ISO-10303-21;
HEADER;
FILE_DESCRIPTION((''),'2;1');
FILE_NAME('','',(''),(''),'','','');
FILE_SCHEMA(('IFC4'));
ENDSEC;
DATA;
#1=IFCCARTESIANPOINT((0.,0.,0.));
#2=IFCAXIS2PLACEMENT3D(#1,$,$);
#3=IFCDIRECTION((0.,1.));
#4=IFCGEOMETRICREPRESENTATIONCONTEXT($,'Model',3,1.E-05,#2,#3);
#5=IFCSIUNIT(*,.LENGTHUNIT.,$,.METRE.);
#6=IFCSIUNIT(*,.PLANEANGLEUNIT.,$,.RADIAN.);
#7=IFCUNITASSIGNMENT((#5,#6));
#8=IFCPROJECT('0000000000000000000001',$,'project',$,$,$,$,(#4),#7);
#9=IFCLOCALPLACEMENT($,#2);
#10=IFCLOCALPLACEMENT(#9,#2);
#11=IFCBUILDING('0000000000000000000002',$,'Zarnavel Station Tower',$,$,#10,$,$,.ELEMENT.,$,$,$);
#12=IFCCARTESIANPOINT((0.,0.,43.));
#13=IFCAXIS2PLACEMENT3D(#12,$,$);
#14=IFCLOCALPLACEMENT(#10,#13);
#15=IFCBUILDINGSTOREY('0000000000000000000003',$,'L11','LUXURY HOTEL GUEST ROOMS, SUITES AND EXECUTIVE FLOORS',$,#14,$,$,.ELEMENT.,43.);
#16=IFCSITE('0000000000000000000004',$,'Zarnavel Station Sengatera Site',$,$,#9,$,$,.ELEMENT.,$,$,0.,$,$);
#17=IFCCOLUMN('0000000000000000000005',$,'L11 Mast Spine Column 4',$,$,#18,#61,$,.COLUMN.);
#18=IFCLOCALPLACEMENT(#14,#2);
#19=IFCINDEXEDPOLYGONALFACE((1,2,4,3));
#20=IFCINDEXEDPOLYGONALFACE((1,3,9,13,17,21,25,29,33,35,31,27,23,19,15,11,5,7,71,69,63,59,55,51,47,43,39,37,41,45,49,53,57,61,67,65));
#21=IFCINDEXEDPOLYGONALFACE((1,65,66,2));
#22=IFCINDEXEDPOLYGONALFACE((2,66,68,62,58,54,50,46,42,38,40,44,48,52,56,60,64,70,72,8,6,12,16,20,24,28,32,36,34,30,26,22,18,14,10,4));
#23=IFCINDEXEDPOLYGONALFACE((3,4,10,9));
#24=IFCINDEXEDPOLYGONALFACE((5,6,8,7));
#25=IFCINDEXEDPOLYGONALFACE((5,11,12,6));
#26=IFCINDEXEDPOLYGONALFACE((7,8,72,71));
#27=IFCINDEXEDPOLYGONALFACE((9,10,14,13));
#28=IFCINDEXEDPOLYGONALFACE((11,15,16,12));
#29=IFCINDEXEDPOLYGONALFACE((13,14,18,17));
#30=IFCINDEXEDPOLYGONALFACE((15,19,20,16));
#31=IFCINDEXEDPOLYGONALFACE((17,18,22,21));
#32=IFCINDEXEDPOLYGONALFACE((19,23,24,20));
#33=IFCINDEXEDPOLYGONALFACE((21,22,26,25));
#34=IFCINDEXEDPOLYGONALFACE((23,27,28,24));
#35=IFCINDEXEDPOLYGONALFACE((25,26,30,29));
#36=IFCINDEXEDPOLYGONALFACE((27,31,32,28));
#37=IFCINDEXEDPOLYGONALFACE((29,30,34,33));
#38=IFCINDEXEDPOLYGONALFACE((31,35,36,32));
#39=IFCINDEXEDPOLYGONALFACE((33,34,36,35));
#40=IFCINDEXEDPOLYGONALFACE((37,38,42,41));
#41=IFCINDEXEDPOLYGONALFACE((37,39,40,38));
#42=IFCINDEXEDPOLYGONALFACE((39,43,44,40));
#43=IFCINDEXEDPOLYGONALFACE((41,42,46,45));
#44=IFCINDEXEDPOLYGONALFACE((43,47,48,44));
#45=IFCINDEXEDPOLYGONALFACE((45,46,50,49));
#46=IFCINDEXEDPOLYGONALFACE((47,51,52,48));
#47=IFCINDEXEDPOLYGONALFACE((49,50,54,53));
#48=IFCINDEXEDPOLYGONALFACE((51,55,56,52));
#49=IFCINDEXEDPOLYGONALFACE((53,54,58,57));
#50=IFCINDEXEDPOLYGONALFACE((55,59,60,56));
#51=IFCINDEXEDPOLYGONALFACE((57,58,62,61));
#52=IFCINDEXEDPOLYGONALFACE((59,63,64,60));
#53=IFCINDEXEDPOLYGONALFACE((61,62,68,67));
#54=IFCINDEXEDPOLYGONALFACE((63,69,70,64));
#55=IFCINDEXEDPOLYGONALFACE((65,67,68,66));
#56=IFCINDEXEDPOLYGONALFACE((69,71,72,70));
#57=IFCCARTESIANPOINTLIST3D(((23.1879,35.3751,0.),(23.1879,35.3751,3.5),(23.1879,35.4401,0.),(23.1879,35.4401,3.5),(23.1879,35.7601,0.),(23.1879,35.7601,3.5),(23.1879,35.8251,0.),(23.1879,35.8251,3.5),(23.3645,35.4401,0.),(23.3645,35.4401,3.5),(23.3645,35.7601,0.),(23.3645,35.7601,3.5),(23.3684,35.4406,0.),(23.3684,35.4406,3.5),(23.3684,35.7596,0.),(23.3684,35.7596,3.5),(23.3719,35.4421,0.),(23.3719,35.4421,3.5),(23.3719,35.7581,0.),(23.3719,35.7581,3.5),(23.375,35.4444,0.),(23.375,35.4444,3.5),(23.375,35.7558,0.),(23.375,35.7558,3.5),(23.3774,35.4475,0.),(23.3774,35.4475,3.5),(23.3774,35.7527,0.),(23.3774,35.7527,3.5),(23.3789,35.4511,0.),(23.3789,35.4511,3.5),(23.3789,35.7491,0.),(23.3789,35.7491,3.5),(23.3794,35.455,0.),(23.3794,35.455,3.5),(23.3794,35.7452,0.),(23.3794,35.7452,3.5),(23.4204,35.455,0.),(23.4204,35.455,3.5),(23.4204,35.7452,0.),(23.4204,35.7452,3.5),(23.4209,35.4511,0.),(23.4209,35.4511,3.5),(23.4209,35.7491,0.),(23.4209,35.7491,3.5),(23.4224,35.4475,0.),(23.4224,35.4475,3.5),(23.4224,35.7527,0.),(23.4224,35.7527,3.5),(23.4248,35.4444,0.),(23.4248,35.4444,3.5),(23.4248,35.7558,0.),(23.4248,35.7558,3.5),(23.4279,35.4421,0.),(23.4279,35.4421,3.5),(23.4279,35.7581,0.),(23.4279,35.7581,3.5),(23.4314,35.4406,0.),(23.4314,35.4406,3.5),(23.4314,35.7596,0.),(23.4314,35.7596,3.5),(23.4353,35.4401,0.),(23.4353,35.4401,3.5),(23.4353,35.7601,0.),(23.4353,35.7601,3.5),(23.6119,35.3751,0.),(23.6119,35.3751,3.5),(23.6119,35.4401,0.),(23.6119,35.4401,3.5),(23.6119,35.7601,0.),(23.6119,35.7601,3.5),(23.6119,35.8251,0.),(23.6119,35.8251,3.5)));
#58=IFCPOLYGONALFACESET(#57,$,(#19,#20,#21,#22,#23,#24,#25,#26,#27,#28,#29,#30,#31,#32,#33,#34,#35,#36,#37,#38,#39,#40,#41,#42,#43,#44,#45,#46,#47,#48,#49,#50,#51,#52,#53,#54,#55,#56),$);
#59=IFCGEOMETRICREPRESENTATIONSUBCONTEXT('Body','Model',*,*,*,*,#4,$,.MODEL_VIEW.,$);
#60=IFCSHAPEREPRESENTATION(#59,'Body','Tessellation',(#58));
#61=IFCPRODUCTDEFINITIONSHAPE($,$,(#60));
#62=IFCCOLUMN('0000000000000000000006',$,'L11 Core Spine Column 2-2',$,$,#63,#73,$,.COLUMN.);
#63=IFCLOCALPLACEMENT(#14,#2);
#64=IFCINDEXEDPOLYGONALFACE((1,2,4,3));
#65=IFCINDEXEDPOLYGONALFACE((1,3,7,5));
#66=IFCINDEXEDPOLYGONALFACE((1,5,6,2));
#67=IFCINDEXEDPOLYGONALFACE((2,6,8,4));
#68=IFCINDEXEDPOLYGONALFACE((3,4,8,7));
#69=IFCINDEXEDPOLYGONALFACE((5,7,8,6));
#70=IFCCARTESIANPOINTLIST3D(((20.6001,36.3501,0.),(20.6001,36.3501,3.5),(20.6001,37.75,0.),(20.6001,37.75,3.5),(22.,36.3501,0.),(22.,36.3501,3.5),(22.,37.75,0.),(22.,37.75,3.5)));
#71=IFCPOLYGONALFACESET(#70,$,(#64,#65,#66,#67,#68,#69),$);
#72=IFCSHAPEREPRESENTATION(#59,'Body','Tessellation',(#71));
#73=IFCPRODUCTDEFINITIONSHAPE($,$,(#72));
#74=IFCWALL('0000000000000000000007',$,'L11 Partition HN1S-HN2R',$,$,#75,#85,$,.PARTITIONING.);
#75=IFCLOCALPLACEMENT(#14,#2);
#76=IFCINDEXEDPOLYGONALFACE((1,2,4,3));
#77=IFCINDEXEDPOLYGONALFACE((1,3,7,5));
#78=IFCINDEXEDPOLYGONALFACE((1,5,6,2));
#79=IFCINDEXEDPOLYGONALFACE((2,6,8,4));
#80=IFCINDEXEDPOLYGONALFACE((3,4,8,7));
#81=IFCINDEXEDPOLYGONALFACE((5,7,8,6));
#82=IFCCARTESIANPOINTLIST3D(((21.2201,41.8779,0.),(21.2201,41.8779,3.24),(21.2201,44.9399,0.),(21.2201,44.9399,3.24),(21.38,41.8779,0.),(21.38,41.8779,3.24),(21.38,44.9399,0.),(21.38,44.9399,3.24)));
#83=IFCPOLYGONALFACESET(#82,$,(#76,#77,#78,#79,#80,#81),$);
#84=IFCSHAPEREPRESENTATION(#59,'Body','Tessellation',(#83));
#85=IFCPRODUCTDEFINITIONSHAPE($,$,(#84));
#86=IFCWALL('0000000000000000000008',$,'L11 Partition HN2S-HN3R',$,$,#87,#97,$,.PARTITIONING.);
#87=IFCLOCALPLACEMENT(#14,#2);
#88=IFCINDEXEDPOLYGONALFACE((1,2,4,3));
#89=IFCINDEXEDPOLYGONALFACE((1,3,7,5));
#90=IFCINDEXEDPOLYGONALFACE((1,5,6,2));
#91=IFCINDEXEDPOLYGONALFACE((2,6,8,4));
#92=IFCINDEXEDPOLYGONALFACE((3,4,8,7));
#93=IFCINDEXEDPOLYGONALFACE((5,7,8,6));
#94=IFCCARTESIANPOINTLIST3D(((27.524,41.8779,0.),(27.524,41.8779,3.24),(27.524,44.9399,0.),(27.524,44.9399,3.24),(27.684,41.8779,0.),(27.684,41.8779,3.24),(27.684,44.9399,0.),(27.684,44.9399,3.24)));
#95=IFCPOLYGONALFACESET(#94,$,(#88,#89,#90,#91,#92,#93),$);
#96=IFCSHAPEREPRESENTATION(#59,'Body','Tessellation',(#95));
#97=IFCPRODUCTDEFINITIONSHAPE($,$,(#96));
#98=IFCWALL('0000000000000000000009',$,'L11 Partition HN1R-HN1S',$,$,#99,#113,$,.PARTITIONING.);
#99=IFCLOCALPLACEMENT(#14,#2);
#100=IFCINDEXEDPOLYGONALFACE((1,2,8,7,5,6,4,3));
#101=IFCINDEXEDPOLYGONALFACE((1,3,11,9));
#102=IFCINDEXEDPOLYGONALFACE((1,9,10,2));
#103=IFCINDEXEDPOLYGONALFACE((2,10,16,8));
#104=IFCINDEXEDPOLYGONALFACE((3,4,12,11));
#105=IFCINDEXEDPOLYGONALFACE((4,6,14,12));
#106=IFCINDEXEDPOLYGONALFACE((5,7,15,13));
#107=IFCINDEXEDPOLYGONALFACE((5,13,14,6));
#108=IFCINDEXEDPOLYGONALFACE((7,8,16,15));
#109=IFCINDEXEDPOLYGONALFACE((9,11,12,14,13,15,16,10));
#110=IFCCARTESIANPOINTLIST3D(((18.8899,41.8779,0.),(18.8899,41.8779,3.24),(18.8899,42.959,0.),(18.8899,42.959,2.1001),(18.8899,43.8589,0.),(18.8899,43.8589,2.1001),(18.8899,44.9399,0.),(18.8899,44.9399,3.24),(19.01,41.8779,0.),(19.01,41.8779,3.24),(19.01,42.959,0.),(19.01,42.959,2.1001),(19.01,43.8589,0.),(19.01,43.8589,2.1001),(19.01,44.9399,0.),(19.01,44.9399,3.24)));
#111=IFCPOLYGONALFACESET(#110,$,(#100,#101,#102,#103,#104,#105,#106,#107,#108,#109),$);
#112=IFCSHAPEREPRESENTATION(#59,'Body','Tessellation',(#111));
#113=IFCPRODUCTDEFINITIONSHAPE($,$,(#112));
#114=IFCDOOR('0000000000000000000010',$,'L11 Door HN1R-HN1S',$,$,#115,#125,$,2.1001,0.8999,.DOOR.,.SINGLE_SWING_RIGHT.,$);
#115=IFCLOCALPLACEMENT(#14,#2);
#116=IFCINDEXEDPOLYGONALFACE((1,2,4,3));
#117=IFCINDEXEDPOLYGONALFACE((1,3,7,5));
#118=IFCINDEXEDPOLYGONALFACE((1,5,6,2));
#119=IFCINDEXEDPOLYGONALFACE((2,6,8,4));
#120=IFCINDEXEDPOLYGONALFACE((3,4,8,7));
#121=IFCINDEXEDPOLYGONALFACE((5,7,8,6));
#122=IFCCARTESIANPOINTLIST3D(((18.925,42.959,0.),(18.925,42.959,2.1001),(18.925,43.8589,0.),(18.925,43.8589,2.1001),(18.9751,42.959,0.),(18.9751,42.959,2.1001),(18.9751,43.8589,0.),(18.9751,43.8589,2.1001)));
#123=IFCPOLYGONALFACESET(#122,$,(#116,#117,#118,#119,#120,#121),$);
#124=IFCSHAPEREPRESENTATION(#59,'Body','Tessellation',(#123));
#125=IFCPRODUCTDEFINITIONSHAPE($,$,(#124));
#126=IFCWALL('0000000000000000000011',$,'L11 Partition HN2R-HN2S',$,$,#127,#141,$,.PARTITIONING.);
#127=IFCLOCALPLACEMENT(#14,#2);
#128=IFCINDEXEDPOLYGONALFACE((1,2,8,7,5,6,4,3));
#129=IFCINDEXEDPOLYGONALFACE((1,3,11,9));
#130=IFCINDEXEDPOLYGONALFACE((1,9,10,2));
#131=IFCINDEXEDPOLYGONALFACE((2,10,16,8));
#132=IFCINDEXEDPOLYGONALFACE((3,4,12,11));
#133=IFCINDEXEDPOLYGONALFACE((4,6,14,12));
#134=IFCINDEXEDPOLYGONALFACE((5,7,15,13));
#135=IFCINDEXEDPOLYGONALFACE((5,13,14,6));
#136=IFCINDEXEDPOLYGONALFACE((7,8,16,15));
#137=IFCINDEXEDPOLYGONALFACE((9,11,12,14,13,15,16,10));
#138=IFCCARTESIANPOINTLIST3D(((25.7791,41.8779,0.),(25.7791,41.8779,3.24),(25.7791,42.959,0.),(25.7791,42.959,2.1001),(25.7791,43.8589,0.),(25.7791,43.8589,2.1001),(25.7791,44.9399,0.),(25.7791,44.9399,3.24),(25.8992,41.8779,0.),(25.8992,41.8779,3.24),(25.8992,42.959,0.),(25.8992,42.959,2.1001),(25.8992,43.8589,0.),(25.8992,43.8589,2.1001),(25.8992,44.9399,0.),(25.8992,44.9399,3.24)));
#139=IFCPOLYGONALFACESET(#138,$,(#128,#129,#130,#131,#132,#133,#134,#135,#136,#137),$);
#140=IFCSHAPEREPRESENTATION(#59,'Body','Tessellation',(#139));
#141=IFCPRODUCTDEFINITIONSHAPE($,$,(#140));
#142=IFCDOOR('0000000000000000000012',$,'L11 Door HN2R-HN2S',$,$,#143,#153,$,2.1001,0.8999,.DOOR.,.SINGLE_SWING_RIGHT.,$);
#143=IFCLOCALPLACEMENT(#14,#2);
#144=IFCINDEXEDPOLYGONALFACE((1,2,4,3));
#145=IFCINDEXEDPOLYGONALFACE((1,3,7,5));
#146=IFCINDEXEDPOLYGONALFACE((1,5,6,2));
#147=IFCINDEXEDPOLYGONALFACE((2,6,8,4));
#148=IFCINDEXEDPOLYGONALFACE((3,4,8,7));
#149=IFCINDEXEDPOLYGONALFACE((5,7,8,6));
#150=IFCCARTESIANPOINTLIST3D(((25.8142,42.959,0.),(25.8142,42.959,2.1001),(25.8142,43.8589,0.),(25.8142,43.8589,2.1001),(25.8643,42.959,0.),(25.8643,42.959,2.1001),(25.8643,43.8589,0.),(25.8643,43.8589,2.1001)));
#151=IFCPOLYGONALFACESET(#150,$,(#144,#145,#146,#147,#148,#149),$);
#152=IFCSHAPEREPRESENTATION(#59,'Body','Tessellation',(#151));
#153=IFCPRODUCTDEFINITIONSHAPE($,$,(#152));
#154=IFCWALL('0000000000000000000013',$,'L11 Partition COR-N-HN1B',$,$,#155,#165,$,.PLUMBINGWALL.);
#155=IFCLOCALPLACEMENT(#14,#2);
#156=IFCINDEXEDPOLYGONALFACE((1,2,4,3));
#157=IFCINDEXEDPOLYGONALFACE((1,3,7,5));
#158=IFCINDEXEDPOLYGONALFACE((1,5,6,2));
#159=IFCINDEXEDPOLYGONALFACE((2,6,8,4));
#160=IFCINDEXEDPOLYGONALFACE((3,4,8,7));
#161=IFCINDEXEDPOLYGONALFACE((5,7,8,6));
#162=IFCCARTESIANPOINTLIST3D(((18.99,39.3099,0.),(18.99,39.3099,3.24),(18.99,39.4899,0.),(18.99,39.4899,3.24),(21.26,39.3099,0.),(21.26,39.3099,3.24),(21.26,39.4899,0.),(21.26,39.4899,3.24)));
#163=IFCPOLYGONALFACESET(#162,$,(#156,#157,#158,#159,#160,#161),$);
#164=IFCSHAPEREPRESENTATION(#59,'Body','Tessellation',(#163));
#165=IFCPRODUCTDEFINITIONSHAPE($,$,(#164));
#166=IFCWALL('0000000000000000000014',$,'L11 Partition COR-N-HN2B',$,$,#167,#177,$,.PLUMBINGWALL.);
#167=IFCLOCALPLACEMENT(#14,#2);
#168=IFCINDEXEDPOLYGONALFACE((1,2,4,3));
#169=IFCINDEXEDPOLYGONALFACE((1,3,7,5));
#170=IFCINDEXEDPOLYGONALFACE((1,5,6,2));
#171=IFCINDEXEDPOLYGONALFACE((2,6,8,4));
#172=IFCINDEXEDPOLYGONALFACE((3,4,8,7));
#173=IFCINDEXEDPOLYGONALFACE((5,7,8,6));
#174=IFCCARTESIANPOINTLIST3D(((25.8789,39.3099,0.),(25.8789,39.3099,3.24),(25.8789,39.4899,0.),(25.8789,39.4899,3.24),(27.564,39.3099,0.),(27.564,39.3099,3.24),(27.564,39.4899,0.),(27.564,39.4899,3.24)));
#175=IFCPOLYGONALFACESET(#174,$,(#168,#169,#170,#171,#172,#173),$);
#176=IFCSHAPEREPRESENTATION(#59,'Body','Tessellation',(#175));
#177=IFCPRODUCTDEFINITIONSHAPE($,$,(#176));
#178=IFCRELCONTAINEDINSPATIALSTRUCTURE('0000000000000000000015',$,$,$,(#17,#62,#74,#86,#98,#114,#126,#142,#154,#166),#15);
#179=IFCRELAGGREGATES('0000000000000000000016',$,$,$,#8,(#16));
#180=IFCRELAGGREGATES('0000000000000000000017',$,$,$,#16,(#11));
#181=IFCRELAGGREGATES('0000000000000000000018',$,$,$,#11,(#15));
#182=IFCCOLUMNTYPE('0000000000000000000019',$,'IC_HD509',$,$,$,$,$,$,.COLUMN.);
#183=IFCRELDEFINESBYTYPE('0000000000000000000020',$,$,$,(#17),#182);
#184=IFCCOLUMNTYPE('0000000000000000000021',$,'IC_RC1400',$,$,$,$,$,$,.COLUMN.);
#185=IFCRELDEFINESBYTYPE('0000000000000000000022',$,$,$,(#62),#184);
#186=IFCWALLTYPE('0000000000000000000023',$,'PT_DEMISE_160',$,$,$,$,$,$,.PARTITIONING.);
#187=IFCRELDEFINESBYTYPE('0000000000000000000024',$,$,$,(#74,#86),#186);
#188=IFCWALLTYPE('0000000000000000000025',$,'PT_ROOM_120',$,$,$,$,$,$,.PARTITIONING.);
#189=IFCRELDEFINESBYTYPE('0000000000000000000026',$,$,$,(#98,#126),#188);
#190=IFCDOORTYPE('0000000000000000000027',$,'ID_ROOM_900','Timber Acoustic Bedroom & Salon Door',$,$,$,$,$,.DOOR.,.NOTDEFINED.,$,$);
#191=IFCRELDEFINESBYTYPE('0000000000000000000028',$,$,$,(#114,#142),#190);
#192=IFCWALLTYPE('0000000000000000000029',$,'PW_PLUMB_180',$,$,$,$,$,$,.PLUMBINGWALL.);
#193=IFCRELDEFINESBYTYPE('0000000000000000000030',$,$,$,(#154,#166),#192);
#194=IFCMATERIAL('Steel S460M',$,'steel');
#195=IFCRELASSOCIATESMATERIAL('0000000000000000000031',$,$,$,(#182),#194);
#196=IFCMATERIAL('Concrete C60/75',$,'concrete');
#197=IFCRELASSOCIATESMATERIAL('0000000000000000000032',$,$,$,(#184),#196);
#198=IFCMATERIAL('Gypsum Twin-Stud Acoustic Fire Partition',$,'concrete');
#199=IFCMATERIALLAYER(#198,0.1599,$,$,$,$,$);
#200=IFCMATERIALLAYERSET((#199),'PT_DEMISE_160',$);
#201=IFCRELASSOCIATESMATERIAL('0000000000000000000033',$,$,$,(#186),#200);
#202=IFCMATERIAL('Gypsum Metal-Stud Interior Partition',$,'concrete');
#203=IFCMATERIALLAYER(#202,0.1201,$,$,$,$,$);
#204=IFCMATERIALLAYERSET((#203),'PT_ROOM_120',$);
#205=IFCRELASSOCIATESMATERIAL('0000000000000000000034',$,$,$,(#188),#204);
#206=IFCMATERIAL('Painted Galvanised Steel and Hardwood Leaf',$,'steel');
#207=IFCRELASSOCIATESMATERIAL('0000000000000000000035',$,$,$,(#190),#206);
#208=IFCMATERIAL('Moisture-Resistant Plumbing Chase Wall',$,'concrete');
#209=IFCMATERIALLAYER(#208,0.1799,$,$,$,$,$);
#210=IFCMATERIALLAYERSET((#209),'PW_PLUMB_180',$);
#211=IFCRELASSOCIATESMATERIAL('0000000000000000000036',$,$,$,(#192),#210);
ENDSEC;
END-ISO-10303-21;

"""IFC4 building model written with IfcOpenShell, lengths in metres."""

from ifc_helpers import new_model, si_unit, direction, frame, frame_2d, origin, origin_2d, place, context, subcontext, project, spatial, rectangle, i_section, extrude, material, layer, layer_set, material_profile, profile_set, type_object, element, fill, save


model = new_model("IFC4")

# Units and contexts
model_context = context("Model", 3, precision=1e-05, world=origin(), true_north=direction((0.0, 1.0)))
body_context = subcontext(model_context, "Body", "Model", "MODEL_VIEW")
ifc_project = project(units=[si_unit("LENGTHUNIT", "METRE"), si_unit("PLANEANGLEUNIT", "RADIAN")], contexts=[model_context])

# Site, building, storey
site_placement = place(None, origin())
site = spatial("IfcSite", under=ifc_project, at=site_placement, Name="Zarnavel Station Sengatera Site", CompositionType="ELEMENT", RefElevation=0.0)
building_placement = place(site_placement, origin())
building = spatial("IfcBuilding", under=site, at=building_placement, Name="Zarnavel Station Tower", CompositionType="ELEMENT")
storey_placement = place(building_placement, frame((0.0, 0.0, 43.0)))
storey = spatial("IfcBuildingStorey", under=building, at=storey_placement, Name="L11", Description="LUXURY HOTEL GUEST ROOMS, SUITES AND EXECUTIVE FLOORS", CompositionType="ELEMENT", Elevation=43.0)

# Columns
ifc_material_1 = material(Name="Steel S460M", Category="steel")
ifc_material_profile_1 = material_profile(ifc_material_1, i_section(OverallWidth=0.4241, OverallDepth=0.45, WebThickness=0.041, FlangeThickness=0.0649, FilletRadius=0.0149, at=origin_2d()), Name="HD400x509")
ifc_profile_set_1 = profile_set([ifc_material_profile_1], Name="Steel S460M")
column_type_1 = type_object("IfcColumnType", Name="IC_HD509", PredefinedType="COLUMN", material=ifc_profile_set_1)
column_1_placement = place(storey_placement, frame((23.3999, 35.6001, 0.0), z_axis=(0.0, 0.0, 1.0), x_axis=(1.0, 0.0, 0.0)))
element("IfcColumn", 1, at=column_1_placement, inside=storey, type_object=column_type_1, Name="L11 Mast Spine Column 4", PredefinedType="COLUMN", context=body_context, shape_type="SweptSolid", body=[
    extrude(i_section(OverallWidth=0.4241, OverallDepth=0.45, WebThickness=0.041, FlangeThickness=0.0649, FilletRadius=0.0149, at=origin_2d()), origin(), (0.0, 0.0, 1.0), 3.5),
])
ifc_material_2 = material(Name="Concrete C60/75", Category="concrete")
ifc_material_profile_2 = material_profile(ifc_material_2, rectangle(XDim=1.3999, YDim=1.3999, at=origin_2d()), Name="RC1400x1400")
ifc_profile_set_2 = profile_set([ifc_material_profile_2], Name="Concrete C60/75")
column_type_2 = type_object("IfcColumnType", Name="IC_RC1400", PredefinedType="COLUMN", material=ifc_profile_set_2)
column_2_placement = place(storey_placement, frame((21.3, 37.05, 0.0), z_axis=(0.0, 0.0, 1.0), x_axis=(1.0, 0.0, 0.0)))
element("IfcColumn", 2, at=column_2_placement, inside=storey, type_object=column_type_2, Name="L11 Core Spine Column 2-2", PredefinedType="COLUMN", context=body_context, shape_type="SweptSolid", body=[
    extrude(rectangle(XDim=1.3999, YDim=1.3999, at=origin_2d()), origin(), (0.0, 0.0, 1.0), 3.5),
])

# Shared definitions
ifc_material_3 = material(Name="Gypsum Twin-Stud Acoustic Fire Partition", Category="concrete")
ifc_layer_1 = layer(ifc_material_3, 0.1599)
ifc_layer_set_1 = layer_set([ifc_layer_1], Name="PT_DEMISE_160")
wall_type_1 = type_object("IfcWallType", Name="PT_DEMISE_160", PredefinedType="PARTITIONING", material=ifc_layer_set_1)

# Walls
for number, where, z_axis, x_axis, name in (
    (3, (21.3, 41.8779, 0.0), (0.0, 0.0, 1.0), (0.0, 1.0, 0.0), "L11 Partition HN1S-HN2R"),
    (4, (27.604, 41.8779, 0.0), (0.0, 0.0, 1.0), (0.0, 1.0, 0.0), "L11 Partition HN2S-HN3R"),
):
    element("IfcWall", number, at=place(storey_placement, frame(where, z_axis=z_axis, x_axis=x_axis)), inside=storey, type_object=wall_type_1, Name=name, PredefinedType="PARTITIONING", context=body_context, shape_type="SweptSolid", body=[
        extrude(rectangle(XDim=3.062, YDim=0.1599, at=frame_2d((1.531, 0.0))), origin(), (0.0, 0.0, 1.0), 3.24),
    ])

# Walls, openings, doors
ifc_material_4 = material(Name="Gypsum Metal-Stud Interior Partition", Category="concrete")
ifc_layer_2 = layer(ifc_material_4, 0.1201)
ifc_layer_set_2 = layer_set([ifc_layer_2], Name="PT_ROOM_120")
wall_type_2 = type_object("IfcWallType", Name="PT_ROOM_120", PredefinedType="PARTITIONING", material=ifc_layer_set_2)
wall_1_placement = place(storey_placement, frame((18.95, 41.8779, 0.0), z_axis=(0.0, 0.0, 1.0), x_axis=(0.0, 1.0, 0.0)))
wall_1 = element("IfcWall", 5, at=wall_1_placement, inside=storey, type_object=wall_type_2, Name="L11 Partition HN1R-HN1S", PredefinedType="PARTITIONING", context=body_context, shape_type="SweptSolid", body=[
    extrude(rectangle(XDim=3.062, YDim=0.1201, at=frame_2d((1.531, 0.0))), origin(), (0.0, 0.0, 1.0), 3.24),
])
opening_1_placement = place(wall_1_placement, frame((1.0811, 0.0, 0.0)))
opening_1 = element("IfcOpeningElement", 6, at=opening_1_placement, cuts=wall_1, PredefinedType="OPENING", context=body_context, shape_type="SweptSolid", body=[
    extrude(rectangle(XDim=0.8999, YDim=2.1001, at=frame_2d((0.45, 1.05))), frame((0.0, 0.0701, 0.0), z_axis=(0.0, -1.0, 0.0), x_axis=(1.0, 0.0, 0.0)), (0.0, 0.0, 1.0), 0.1401),
])
ifc_material_5 = material(Name="Painted Galvanised Steel and Hardwood Leaf", Category="steel")
door_type_1 = type_object("IfcDoorType", Name="ID_ROOM_900", Description="Timber Acoustic Bedroom & Salon Door", OperationType="NOTDEFINED", PredefinedType="DOOR", material=ifc_material_5)
door_1_placement = place(opening_1_placement, origin())
door_1 = element("IfcDoor", 7, at=door_1_placement, inside=storey, type_object=door_type_1, Name="L11 Door HN1R-HN1S", OperationType="SINGLE_SWING_RIGHT", OverallHeight=2.1001, OverallWidth=0.8999, PredefinedType="DOOR", context=body_context, shape_type="SweptSolid", body=[
    extrude(rectangle(XDim=0.8999, YDim=2.1001, at=frame_2d((0.45, 1.05))), frame((0.0, 0.0249, 0.0), z_axis=(0.0, -1.0, 0.0), x_axis=(1.0, 0.0, 0.0)), (0.0, 0.0, 1.0), 0.05),
])
fill(opening_1, door_1)
wall_2_placement = place(storey_placement, frame((25.8391, 41.8779, 0.0), z_axis=(0.0, 0.0, 1.0), x_axis=(0.0, 1.0, 0.0)))
wall_2 = element("IfcWall", 8, at=wall_2_placement, inside=storey, type_object=wall_type_2, Name="L11 Partition HN2R-HN2S", PredefinedType="PARTITIONING", context=body_context, shape_type="SweptSolid", body=[
    extrude(rectangle(XDim=3.062, YDim=0.1201, at=frame_2d((1.531, 0.0))), origin(), (0.0, 0.0, 1.0), 3.24),
])
opening_2_placement = place(wall_2_placement, frame((1.0811, 0.0, 0.0)))
opening_2 = element("IfcOpeningElement", 9, at=opening_2_placement, cuts=wall_2, PredefinedType="OPENING", context=body_context, shape_type="SweptSolid", body=[
    extrude(rectangle(XDim=0.8999, YDim=2.1001, at=frame_2d((0.45, 1.05))), frame((0.0, 0.0701, 0.0), z_axis=(0.0, -1.0, 0.0), x_axis=(1.0, 0.0, 0.0)), (0.0, 0.0, 1.0), 0.1401),
])
door_2_placement = place(opening_2_placement, origin())
door_2 = element("IfcDoor", 10, at=door_2_placement, inside=storey, type_object=door_type_1, Name="L11 Door HN2R-HN2S", OperationType="SINGLE_SWING_RIGHT", OverallHeight=2.1001, OverallWidth=0.8999, PredefinedType="DOOR", context=body_context, shape_type="SweptSolid", body=[
    extrude(rectangle(XDim=0.8999, YDim=2.1001, at=frame_2d((0.45, 1.05))), frame((0.0, 0.0249, 0.0), z_axis=(0.0, -1.0, 0.0), x_axis=(1.0, 0.0, 0.0)), (0.0, 0.0, 1.0), 0.05),
])
fill(opening_2, door_2)

# Walls
ifc_material_6 = material(Name="Moisture-Resistant Plumbing Chase Wall", Category="concrete")
ifc_layer_3 = layer(ifc_material_6, 0.1799)
ifc_layer_set_3 = layer_set([ifc_layer_3], Name="PW_PLUMB_180")
wall_type_3 = type_object("IfcWallType", Name="PW_PLUMB_180", PredefinedType="PLUMBINGWALL", material=ifc_layer_set_3)
wall_3_placement = place(storey_placement, frame((18.99, 39.3999, 0.0), z_axis=(0.0, 0.0, 1.0), x_axis=(1.0, 0.0, 0.0)))
element("IfcWall", 11, at=wall_3_placement, inside=storey, type_object=wall_type_3, Name="L11 Partition COR-N-HN1B", PredefinedType="PLUMBINGWALL", context=body_context, shape_type="SweptSolid", body=[
    extrude(rectangle(XDim=2.27, YDim=0.1799, at=frame_2d((1.135, 0.0))), origin(), (0.0, 0.0, 1.0), 3.24),
])
wall_4_placement = place(storey_placement, frame((25.8789, 39.3999, 0.0), z_axis=(0.0, 0.0, 1.0), x_axis=(1.0, 0.0, 0.0)))
element("IfcWall", 12, at=wall_4_placement, inside=storey, type_object=wall_type_3, Name="L11 Partition COR-N-HN2B", PredefinedType="PLUMBINGWALL", context=body_context, shape_type="SweptSolid", body=[
    extrude(rectangle(XDim=1.6851, YDim=0.1799, at=frame_2d((0.8425, 0.0))), origin(), (0.0, 0.0, 1.0), 3.24),
])

save(model, "model.ifc")
